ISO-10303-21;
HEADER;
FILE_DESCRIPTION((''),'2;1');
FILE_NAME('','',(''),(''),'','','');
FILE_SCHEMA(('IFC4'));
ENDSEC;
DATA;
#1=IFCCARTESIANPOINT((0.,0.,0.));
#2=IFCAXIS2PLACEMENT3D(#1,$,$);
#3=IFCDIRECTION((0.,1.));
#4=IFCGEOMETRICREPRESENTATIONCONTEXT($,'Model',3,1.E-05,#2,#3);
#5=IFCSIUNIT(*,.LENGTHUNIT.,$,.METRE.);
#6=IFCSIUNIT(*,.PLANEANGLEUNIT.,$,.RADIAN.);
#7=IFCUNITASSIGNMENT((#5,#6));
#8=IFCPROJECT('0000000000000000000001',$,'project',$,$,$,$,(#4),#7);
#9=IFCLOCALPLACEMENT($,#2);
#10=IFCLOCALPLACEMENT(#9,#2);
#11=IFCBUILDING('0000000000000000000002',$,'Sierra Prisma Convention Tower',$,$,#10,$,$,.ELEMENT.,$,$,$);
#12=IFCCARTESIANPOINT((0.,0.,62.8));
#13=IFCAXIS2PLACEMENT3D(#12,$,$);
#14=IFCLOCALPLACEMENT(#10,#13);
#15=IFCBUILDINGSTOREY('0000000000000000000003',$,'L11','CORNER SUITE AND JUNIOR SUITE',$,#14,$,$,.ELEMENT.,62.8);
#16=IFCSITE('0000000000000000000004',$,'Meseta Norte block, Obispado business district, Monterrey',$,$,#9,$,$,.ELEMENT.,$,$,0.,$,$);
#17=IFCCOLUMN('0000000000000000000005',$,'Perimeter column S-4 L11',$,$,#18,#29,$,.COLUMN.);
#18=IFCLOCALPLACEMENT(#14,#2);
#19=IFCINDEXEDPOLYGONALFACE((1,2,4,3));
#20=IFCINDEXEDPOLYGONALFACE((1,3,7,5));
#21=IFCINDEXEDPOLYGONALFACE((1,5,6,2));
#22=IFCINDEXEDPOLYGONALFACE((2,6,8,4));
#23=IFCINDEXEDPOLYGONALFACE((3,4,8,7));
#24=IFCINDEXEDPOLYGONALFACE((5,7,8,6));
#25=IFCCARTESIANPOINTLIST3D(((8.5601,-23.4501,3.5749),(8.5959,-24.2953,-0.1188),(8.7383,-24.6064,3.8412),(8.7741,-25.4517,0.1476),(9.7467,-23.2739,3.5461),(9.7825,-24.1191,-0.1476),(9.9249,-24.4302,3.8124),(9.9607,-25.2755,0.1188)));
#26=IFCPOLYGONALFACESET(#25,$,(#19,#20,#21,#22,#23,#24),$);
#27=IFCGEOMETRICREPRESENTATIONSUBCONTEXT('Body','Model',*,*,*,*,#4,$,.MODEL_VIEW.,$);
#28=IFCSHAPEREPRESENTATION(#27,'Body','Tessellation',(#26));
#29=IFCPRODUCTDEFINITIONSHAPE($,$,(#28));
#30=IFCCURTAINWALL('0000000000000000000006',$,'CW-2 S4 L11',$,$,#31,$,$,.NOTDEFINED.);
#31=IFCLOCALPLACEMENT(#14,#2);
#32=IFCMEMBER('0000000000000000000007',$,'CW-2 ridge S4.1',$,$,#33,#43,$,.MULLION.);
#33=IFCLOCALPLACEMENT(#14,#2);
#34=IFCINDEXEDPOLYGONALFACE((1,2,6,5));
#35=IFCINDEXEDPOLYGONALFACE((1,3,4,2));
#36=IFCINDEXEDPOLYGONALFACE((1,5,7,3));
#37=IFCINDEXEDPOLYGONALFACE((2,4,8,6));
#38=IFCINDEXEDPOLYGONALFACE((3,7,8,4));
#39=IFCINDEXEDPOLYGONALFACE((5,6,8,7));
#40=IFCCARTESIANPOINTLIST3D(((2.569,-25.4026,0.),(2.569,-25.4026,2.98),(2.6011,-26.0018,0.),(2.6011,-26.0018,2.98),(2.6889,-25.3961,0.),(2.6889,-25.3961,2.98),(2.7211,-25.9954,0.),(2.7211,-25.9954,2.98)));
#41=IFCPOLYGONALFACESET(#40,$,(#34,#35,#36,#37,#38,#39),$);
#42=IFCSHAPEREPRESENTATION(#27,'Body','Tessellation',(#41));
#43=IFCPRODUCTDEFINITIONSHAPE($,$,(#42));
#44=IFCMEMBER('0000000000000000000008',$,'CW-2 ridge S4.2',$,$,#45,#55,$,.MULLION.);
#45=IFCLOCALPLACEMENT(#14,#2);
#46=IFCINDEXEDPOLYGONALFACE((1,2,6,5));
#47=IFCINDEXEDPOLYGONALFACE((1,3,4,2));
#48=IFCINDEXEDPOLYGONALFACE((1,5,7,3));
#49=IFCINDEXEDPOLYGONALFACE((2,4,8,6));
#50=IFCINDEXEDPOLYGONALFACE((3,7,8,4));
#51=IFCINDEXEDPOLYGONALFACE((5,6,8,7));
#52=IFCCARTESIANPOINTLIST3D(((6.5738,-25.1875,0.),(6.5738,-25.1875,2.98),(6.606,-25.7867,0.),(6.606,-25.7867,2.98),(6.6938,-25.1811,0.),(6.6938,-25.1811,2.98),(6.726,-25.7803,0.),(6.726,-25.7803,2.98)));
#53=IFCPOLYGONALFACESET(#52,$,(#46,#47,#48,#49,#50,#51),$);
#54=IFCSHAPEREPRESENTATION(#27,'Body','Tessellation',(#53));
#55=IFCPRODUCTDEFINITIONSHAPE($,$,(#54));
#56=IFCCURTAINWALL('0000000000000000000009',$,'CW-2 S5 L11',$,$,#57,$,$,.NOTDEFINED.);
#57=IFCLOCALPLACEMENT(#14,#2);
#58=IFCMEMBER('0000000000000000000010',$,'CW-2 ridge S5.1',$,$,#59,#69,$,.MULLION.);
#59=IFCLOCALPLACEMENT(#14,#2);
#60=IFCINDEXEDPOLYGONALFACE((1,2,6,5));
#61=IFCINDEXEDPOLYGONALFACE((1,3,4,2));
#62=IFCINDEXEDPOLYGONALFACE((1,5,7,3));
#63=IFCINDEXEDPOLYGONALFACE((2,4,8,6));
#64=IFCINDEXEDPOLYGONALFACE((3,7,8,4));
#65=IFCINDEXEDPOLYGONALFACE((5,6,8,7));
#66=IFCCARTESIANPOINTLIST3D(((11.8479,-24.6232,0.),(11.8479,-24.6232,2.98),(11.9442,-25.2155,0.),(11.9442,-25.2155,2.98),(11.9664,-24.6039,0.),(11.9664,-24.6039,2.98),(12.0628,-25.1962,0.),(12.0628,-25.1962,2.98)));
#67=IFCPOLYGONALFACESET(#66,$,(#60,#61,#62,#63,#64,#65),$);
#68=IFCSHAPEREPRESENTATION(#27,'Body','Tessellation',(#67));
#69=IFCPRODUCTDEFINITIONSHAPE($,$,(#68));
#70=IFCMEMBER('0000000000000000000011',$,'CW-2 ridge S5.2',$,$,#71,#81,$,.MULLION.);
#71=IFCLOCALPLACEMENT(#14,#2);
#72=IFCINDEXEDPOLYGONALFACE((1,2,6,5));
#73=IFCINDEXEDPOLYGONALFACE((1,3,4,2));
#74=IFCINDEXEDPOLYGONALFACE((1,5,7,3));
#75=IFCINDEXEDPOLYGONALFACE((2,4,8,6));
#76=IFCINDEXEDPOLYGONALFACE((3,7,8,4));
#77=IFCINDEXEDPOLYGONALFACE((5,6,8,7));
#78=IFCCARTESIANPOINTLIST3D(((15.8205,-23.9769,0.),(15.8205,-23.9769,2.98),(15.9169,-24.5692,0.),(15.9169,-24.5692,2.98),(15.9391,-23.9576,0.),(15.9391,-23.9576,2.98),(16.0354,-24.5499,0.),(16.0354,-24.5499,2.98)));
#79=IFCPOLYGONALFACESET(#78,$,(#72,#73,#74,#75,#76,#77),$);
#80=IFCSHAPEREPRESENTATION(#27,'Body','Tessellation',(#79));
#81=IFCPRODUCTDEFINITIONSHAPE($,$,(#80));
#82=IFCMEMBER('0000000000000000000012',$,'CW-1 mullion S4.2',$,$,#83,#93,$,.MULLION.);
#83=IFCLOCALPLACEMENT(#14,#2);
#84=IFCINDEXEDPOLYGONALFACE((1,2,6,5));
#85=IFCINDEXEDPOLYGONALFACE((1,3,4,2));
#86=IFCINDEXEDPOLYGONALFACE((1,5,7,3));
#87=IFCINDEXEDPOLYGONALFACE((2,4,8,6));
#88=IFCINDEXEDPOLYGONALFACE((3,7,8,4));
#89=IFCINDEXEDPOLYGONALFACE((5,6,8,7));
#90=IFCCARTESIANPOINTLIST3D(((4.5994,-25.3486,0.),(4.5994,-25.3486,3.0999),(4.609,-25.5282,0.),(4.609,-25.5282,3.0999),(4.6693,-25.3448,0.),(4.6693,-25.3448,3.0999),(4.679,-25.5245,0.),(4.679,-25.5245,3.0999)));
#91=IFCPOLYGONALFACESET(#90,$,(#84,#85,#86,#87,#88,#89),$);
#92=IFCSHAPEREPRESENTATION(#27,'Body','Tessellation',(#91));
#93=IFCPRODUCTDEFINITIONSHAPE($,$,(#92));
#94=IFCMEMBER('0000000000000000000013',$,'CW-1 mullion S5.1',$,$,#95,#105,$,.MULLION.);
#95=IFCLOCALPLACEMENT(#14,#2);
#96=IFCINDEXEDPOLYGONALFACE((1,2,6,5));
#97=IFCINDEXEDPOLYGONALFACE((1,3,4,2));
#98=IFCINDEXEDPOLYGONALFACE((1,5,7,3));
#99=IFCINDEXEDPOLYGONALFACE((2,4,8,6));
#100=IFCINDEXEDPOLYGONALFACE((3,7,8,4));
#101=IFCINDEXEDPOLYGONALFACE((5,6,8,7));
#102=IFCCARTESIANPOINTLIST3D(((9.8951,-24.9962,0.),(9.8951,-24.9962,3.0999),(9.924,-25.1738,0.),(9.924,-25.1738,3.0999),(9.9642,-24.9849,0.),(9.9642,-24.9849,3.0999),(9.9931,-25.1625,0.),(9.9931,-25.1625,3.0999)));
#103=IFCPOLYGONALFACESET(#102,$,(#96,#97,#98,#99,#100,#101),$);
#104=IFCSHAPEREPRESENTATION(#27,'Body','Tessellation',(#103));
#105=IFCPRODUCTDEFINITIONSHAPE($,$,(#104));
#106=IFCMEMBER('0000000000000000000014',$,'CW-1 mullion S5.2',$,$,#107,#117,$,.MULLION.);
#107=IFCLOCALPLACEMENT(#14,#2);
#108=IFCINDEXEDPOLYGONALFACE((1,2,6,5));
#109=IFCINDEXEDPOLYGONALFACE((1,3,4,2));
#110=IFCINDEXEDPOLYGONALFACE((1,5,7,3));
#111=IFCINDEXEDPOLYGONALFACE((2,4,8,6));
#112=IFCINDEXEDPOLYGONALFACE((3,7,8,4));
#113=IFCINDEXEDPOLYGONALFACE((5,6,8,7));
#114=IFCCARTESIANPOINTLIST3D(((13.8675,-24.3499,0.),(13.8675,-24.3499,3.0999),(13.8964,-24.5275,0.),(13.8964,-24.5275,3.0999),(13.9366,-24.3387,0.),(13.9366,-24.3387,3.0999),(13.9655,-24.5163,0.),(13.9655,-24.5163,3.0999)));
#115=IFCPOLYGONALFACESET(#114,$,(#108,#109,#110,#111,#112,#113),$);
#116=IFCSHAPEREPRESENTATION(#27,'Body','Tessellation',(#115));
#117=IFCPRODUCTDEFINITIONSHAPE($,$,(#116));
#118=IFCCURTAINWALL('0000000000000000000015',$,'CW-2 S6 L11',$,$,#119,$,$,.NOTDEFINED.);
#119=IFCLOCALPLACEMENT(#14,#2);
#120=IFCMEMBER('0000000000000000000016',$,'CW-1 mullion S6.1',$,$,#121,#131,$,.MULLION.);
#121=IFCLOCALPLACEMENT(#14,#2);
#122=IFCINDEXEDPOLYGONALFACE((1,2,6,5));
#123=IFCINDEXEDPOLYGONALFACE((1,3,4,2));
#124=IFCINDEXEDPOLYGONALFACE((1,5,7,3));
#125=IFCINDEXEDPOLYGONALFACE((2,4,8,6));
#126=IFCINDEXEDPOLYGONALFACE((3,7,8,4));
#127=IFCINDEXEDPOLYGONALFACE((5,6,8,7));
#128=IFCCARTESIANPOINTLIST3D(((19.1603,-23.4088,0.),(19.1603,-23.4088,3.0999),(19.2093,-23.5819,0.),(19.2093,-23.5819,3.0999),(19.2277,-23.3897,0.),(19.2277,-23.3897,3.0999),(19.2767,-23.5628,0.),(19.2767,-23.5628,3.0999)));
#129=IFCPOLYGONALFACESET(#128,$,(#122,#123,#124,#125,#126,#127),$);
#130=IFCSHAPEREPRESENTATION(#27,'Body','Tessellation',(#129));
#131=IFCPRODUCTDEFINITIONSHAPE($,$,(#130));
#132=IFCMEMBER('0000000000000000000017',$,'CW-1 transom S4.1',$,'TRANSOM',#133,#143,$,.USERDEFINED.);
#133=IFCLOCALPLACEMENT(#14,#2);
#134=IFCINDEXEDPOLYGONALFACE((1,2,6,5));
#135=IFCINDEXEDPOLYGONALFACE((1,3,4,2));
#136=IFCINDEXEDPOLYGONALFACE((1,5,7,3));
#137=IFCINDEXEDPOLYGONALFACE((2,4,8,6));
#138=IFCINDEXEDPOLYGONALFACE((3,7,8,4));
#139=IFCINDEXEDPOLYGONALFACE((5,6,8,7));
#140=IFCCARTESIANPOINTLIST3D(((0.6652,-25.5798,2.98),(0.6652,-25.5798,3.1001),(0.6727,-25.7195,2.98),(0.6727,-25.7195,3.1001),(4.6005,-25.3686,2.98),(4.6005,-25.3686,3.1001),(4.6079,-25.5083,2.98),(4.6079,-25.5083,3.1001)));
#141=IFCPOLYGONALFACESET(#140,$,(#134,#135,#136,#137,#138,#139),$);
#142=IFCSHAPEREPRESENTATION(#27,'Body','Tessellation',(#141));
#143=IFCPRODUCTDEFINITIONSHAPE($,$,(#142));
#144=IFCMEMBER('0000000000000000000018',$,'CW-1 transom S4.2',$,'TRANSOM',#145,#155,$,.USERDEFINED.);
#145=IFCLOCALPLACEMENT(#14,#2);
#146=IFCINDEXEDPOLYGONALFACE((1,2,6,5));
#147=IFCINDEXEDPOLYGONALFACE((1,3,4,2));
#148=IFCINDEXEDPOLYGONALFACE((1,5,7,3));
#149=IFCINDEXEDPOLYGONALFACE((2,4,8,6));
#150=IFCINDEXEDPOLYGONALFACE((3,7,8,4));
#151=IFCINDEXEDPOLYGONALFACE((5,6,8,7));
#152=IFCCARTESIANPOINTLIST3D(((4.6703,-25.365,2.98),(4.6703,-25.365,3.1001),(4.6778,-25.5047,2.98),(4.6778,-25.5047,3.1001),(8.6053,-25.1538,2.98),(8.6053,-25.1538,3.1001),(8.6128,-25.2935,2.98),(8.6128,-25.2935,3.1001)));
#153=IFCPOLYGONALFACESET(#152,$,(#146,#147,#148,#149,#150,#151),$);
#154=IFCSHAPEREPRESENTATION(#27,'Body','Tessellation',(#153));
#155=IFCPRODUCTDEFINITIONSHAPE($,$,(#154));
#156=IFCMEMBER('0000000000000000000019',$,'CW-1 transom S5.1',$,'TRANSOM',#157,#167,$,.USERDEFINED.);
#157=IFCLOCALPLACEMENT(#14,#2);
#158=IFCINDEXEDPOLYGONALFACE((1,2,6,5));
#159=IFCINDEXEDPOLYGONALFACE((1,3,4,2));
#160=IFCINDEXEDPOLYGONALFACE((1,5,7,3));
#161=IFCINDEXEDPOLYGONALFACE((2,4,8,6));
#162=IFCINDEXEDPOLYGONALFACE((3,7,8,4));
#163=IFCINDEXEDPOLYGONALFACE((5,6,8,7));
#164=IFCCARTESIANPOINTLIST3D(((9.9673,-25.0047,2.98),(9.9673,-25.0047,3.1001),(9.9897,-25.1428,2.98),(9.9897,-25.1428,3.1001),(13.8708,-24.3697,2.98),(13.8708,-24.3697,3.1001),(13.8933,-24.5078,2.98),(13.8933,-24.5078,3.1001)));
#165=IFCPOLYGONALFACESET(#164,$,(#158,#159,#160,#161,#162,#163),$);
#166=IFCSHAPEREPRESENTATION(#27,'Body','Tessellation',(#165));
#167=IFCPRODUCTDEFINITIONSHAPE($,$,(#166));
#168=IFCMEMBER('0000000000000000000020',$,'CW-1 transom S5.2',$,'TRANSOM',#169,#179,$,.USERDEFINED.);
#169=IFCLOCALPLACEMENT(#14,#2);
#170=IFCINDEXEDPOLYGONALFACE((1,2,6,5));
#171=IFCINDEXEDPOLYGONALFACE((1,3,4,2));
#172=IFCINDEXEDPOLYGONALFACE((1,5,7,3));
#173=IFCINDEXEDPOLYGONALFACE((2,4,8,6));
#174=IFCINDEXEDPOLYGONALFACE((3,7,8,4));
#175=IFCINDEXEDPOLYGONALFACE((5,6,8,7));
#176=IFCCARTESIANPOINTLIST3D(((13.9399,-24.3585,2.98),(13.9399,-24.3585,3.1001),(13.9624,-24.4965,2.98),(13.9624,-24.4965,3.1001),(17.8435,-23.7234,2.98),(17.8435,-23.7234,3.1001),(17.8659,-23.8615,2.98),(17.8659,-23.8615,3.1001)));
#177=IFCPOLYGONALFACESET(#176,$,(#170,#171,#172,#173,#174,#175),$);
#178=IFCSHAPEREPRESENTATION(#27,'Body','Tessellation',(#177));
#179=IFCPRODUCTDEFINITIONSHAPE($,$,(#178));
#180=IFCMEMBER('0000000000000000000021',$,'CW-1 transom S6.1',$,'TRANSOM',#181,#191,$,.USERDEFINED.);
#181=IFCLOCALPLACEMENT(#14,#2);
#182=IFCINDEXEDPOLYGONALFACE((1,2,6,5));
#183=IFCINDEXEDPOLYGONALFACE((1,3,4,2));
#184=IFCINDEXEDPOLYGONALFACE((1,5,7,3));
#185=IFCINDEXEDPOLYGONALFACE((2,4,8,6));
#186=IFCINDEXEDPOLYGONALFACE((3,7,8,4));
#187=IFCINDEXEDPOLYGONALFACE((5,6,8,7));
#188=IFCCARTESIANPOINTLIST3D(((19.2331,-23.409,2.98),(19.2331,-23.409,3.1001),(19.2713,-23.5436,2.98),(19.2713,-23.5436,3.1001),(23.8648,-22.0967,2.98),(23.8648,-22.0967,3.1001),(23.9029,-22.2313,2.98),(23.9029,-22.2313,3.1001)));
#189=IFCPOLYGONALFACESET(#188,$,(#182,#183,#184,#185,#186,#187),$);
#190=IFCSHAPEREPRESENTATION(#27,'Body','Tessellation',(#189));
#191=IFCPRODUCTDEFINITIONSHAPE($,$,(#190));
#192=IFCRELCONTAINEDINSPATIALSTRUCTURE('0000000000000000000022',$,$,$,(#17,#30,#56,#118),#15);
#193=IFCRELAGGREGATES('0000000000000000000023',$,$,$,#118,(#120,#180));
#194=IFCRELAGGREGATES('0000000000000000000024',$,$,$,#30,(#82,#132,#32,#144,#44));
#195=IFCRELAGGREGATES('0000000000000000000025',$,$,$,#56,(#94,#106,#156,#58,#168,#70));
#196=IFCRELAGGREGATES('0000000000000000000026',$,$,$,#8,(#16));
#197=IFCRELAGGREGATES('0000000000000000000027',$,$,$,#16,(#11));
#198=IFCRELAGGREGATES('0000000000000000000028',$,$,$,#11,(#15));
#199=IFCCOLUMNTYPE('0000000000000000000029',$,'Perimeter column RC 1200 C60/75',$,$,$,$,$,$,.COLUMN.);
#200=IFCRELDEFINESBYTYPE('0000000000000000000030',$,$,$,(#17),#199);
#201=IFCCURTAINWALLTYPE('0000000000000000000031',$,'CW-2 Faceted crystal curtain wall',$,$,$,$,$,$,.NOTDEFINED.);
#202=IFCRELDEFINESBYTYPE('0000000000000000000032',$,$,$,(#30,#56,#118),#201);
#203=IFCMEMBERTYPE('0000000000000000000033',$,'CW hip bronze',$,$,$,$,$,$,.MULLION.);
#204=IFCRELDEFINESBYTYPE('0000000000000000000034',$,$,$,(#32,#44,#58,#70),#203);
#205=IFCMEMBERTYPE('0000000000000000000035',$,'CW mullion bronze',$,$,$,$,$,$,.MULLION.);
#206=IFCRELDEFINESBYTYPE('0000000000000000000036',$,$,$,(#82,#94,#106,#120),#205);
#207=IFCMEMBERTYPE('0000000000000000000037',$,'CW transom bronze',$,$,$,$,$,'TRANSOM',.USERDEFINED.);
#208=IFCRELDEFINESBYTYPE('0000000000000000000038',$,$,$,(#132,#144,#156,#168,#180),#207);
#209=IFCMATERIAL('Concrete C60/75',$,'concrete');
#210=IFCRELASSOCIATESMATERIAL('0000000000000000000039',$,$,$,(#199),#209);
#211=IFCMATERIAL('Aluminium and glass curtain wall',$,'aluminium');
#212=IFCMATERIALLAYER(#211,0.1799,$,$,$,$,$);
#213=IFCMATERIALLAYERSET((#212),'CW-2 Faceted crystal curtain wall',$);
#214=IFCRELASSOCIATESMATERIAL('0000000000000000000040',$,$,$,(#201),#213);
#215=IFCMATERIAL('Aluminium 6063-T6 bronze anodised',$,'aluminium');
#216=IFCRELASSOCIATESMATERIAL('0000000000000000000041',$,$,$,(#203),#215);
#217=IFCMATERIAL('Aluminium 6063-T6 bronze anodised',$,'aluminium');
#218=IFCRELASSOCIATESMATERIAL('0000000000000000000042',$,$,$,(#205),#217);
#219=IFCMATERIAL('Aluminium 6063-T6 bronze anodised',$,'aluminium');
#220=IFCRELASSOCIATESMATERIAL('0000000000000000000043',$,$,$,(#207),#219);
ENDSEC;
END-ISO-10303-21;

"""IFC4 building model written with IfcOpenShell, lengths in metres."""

from ifc_helpers import new_model, si_unit, direction, frame, origin, origin_2d, place, context, subcontext, project, spatial, rectangle, extrude, clip, halfspace, material, layer, layer_set, material_profile, profile_set, type_object, element, aggregate, save


model = new_model("IFC4")

# Units and contexts
model_context = context("Model", 3, precision=1e-05, world=origin(), true_north=direction((0.0, 1.0)))
body_context = subcontext(model_context, "Body", "Model", "MODEL_VIEW")
ifc_project = project(units=[si_unit("LENGTHUNIT", "METRE"), si_unit("PLANEANGLEUNIT", "RADIAN")], contexts=[model_context])

# Site, building, storey
site_placement = place(None, origin())
site = spatial("IfcSite", under=ifc_project, at=site_placement, Name="Meseta Norte block, Obispado business district, Monterrey", CompositionType="ELEMENT", RefElevation=0.0)
building_placement = place(site_placement, origin())
building = spatial("IfcBuilding", under=site, at=building_placement, Name="Sierra Prisma Convention Tower", CompositionType="ELEMENT")
storey_placement = place(building_placement, frame((0.0, 0.0, 62.8)))
storey = spatial("IfcBuildingStorey", under=building, at=storey_placement, Name="L11", Description="CORNER SUITE AND JUNIOR SUITE", CompositionType="ELEMENT", Elevation=62.8)

# Column
ifc_material_1 = material(Name="Concrete C60/75", Category="concrete")
ifc_material_profile_1 = material_profile(ifc_material_1, rectangle(XDim=1.2, YDim=1.2, at=origin_2d()), Name="Perimeter column RC 1200 C60/75")
ifc_profile_set_1 = profile_set([ifc_material_profile_1], Name="Concrete C60/75")
column_type = type_object("IfcColumnType", Name="Perimeter column RC 1200 C60/75", PredefinedType="COLUMN", material=ifc_profile_set_1)
column_placement = place(storey_placement, frame((9.2783, -24.7854, 0.0), z_axis=(-0.009455, 0.223059, 0.974759), x_axis=(-0.988869, -0.146837, 0.02401)))
element("IfcColumn", 1, at=column_placement, inside=storey, type_object=column_type, Name="Perimeter column S-4 L11", PredefinedType="COLUMN", context=body_context, shape_type="SweptSolid", body=[
    clip(extrude(rectangle(XDim=1.2, YDim=1.2, at=origin_2d()), origin(), (0.0, 0.0, 1.0), 3.7957), halfspace(frame((0.0, 0.0, 3.7893)), False)),
])

# Curtain walls, members
ifc_material_2 = material(Name="Aluminium and glass curtain wall", Category="aluminium")
ifc_layer_1 = layer(ifc_material_2, 0.1799)
ifc_layer_set_1 = layer_set([ifc_layer_1], Name="CW-2 Faceted crystal curtain wall")
curtain_wall_type = type_object("IfcCurtainWallType", Name="CW-2 Faceted crystal curtain wall", PredefinedType="NOTDEFINED", material=ifc_layer_set_1)
curtain_wall_1_placement = place(storey_placement, origin())
curtain_wall_1 = element("IfcCurtainWall", 2, at=curtain_wall_1_placement, inside=storey, type_object=curtain_wall_type, Name="CW-2 S4 L11", PredefinedType="NOTDEFINED")
ifc_material_3 = material(Name="Aluminium 6063-T6 bronze anodised", Category="aluminium")
ifc_material_profile_2 = material_profile(ifc_material_3, rectangle(XDim=0.1201, YDim=0.6001, at=origin_2d()), Name="ALU RIDGE BLADE 120x600")
ifc_profile_set_2 = profile_set([ifc_material_profile_2], Name="Aluminium 6063-T6 bronze anodised")
member_type_1 = type_object("IfcMemberType", Name="CW hip bronze", PredefinedType="MULLION", material=ifc_profile_set_2)
member_1_placement = place(storey_placement, frame((2.645, -25.699, 0.0), z_axis=(0.0, 0.0, 1.0), x_axis=(0.998562, 0.0536, 0.0)))
member_1 = element("IfcMember", 3, at=member_1_placement, type_object=member_type_1, Name="CW-2 ridge S4.1", PredefinedType="MULLION", context=body_context, shape_type="SweptSolid", body=[
    extrude(rectangle(XDim=0.1201, YDim=0.6001, at=origin_2d()), origin(), (0.0, 0.0, 1.0), 2.98),
])
member_2_placement = place(storey_placement, frame((6.6499, -25.4839, 0.0), z_axis=(0.0, 0.0, 1.0), x_axis=(0.998562, 0.0536, 0.0)))
member_2 = element("IfcMember", 4, at=member_2_placement, type_object=member_type_1, Name="CW-2 ridge S4.2", PredefinedType="MULLION", context=body_context, shape_type="SweptSolid", body=[
    extrude(rectangle(XDim=0.1201, YDim=0.6001, at=origin_2d()), origin(), (0.0, 0.0, 1.0), 2.98),
])
curtain_wall_2_placement = place(storey_placement, origin())
curtain_wall_2 = element("IfcCurtainWall", 5, at=curtain_wall_2_placement, inside=storey, type_object=curtain_wall_type, Name="CW-2 S5 L11", PredefinedType="NOTDEFINED")
member_3_placement = place(storey_placement, frame((11.9553, -24.9097, 0.0), z_axis=(0.0, 0.0, 1.0), x_axis=(0.987025, 0.160569, 0.0)))
member_3 = element("IfcMember", 6, at=member_3_placement, type_object=member_type_1, Name="CW-2 ridge S5.1", PredefinedType="MULLION", context=body_context, shape_type="SweptSolid", body=[
    extrude(rectangle(XDim=0.1201, YDim=0.6001, at=origin_2d()), origin(), (0.0, 0.0, 1.0), 2.98),
])
member_4_placement = place(storey_placement, frame((15.928, -24.2634, 0.0), z_axis=(0.0, 0.0, 1.0), x_axis=(0.987025, 0.160569, 0.0)))
member_4 = element("IfcMember", 7, at=member_4_placement, type_object=member_type_1, Name="CW-2 ridge S5.2", PredefinedType="MULLION", context=body_context, shape_type="SweptSolid", body=[
    extrude(rectangle(XDim=0.1201, YDim=0.6001, at=origin_2d()), origin(), (0.0, 0.0, 1.0), 2.98),
])

# Members
ifc_material_4 = material(Name="Aluminium 6063-T6 bronze anodised", Category="aluminium")
ifc_material_profile_3 = material_profile(ifc_material_4, rectangle(XDim=0.1799, YDim=0.0701, at=origin_2d()), Name="ALU MULLION 70x180")
ifc_profile_set_3 = profile_set([ifc_material_profile_3], Name="Aluminium 6063-T6 bronze anodised")
member_type_2 = type_object("IfcMemberType", Name="CW mullion bronze", PredefinedType="MULLION", material=ifc_profile_set_3)
member_5_placement = place(storey_placement, frame((4.6392, -25.4365, 0.0), z_axis=(0.0, 0.0, 1.0), x_axis=(-0.0536, 0.998562, 0.0)))
member_5 = element("IfcMember", 8, at=member_5_placement, type_object=member_type_2, Name="CW-1 mullion S4.2", PredefinedType="MULLION", context=body_context, shape_type="SweptSolid", body=[
    extrude(rectangle(XDim=0.1799, YDim=0.0701, at=origin_2d()), origin(), (0.0, 0.0, 1.0), 3.0999),
])
member_6_placement = place(storey_placement, frame((9.9441, -25.0793, 0.0), z_axis=(0.0, 0.0, 1.0), x_axis=(-0.160569, 0.987025, 0.0)))
member_6 = element("IfcMember", 9, at=member_6_placement, type_object=member_type_2, Name="CW-1 mullion S5.1", PredefinedType="MULLION", context=body_context, shape_type="SweptSolid", body=[
    extrude(rectangle(XDim=0.1799, YDim=0.0701, at=origin_2d()), origin(), (0.0, 0.0, 1.0), 3.0999),
])
member_7_placement = place(storey_placement, frame((13.9165, -24.4331, 0.0), z_axis=(0.0, 0.0, 1.0), x_axis=(-0.160569, 0.987025, 0.0)))
member_7 = element("IfcMember", 10, at=member_7_placement, type_object=member_type_2, Name="CW-1 mullion S5.2", PredefinedType="MULLION", context=body_context, shape_type="SweptSolid", body=[
    extrude(rectangle(XDim=0.1799, YDim=0.0701, at=origin_2d()), origin(), (0.0, 0.0, 1.0), 3.0999),
])

# Curtain wall, member
curtain_wall_3_placement = place(storey_placement, origin())
curtain_wall_3 = element("IfcCurtainWall", 11, at=curtain_wall_3_placement, inside=storey, type_object=curtain_wall_type, Name="CW-2 S6 L11", PredefinedType="NOTDEFINED")
member_8_placement = place(storey_placement, frame((19.2185, -23.4858, 0.0), z_axis=(0.0, 0.0, 1.0), x_axis=(-0.272588, 0.962131, 0.0)))
member_8 = element("IfcMember", 12, at=member_8_placement, type_object=member_type_2, Name="CW-1 mullion S6.1", PredefinedType="MULLION", context=body_context, shape_type="SweptSolid", body=[
    extrude(rectangle(XDim=0.1799, YDim=0.0701, at=origin_2d()), origin(), (0.0, 0.0, 1.0), 3.0999),
])

# Members
ifc_material_5 = material(Name="Aluminium 6063-T6 bronze anodised", Category="aluminium")
ifc_material_profile_4 = material_profile(ifc_material_5, rectangle(XDim=0.1399, YDim=0.1201, at=origin_2d()), Name="ALU TRANSOM 120x140")
ifc_profile_set_4 = profile_set([ifc_material_profile_4], Name="Aluminium 6063-T6 bronze anodised")
member_type_3 = type_object("IfcMemberType", Name="CW transom bronze", ElementType="TRANSOM", PredefinedType="USERDEFINED", material=ifc_profile_set_4)
member_9_placement = place(storey_placement, frame((0.6689, -25.6497, 3.04), z_axis=(0.998563, 0.053586, 0.0), x_axis=(-0.053586, 0.998563, 0.0)))
member_9 = element("IfcMember", 13, at=member_9_placement, type_object=member_type_3, Name="CW-1 transom S4.1", ObjectType="TRANSOM", PredefinedType="USERDEFINED", context=body_context, shape_type="SweptSolid", body=[
    extrude(rectangle(XDim=0.1399, YDim=0.1201, at=origin_2d()), origin(), (0.0, 0.0, 1.0), 3.9409),
])
member_10_placement = place(storey_placement, frame((4.6741, -25.4348, 3.04), z_axis=(0.998563, 0.05359, 0.0), x_axis=(-0.05359, 0.998563, 0.0)))
member_10 = element("IfcMember", 14, at=member_10_placement, type_object=member_type_3, Name="CW-1 transom S4.2", ObjectType="TRANSOM", PredefinedType="USERDEFINED", context=body_context, shape_type="SweptSolid", body=[
    extrude(rectangle(XDim=0.1399, YDim=0.1201, at=origin_2d()), origin(), (0.0, 0.0, 1.0), 3.9407),
])
member_11_placement = place(storey_placement, frame((9.9785, -25.0737, 3.04), z_axis=(0.987025, 0.160564, 0.0), x_axis=(-0.160564, 0.987025, 0.0)))
member_11 = element("IfcMember", 15, at=member_11_placement, type_object=member_type_3, Name="CW-1 transom S5.1", ObjectType="TRANSOM", PredefinedType="USERDEFINED", context=body_context, shape_type="SweptSolid", body=[
    extrude(rectangle(XDim=0.1399, YDim=0.1201, at=origin_2d()), origin(), (0.0, 0.0, 1.0), 3.9548),
])
member_12_placement = place(storey_placement, frame((13.9512, -24.4275, 3.04), z_axis=(0.987025, 0.160564, 0.0), x_axis=(-0.160564, 0.987025, 0.0)))
member_12 = element("IfcMember", 16, at=member_12_placement, type_object=member_type_3, Name="CW-1 transom S5.2", ObjectType="TRANSOM", PredefinedType="USERDEFINED", context=body_context, shape_type="SweptSolid", body=[
    extrude(rectangle(XDim=0.1399, YDim=0.1201, at=origin_2d()), origin(), (0.0, 0.0, 1.0), 3.9548),
])
member_13_placement = place(storey_placement, frame((19.2522, -23.4763, 3.04), z_axis=(0.962128, 0.272597, 0.0), x_axis=(-0.272597, 0.962128, 0.0)))
member_13 = element("IfcMember", 17, at=member_13_placement, type_object=member_type_3, Name="CW-1 transom S6.1", ObjectType="TRANSOM", PredefinedType="USERDEFINED", context=body_context, shape_type="SweptSolid", body=[
    extrude(rectangle(XDim=0.1399, YDim=0.1201, at=origin_2d()), origin(), (0.0, 0.0, 1.0), 4.814),
])
aggregate(curtain_wall_3, [member_8, member_13])

aggregate(curtain_wall_1, [member_5, member_9, member_1, member_10, member_2])
aggregate(curtain_wall_2, [member_6, member_7, member_11, member_3, member_12, member_4])

save(model, "model.ifc")
